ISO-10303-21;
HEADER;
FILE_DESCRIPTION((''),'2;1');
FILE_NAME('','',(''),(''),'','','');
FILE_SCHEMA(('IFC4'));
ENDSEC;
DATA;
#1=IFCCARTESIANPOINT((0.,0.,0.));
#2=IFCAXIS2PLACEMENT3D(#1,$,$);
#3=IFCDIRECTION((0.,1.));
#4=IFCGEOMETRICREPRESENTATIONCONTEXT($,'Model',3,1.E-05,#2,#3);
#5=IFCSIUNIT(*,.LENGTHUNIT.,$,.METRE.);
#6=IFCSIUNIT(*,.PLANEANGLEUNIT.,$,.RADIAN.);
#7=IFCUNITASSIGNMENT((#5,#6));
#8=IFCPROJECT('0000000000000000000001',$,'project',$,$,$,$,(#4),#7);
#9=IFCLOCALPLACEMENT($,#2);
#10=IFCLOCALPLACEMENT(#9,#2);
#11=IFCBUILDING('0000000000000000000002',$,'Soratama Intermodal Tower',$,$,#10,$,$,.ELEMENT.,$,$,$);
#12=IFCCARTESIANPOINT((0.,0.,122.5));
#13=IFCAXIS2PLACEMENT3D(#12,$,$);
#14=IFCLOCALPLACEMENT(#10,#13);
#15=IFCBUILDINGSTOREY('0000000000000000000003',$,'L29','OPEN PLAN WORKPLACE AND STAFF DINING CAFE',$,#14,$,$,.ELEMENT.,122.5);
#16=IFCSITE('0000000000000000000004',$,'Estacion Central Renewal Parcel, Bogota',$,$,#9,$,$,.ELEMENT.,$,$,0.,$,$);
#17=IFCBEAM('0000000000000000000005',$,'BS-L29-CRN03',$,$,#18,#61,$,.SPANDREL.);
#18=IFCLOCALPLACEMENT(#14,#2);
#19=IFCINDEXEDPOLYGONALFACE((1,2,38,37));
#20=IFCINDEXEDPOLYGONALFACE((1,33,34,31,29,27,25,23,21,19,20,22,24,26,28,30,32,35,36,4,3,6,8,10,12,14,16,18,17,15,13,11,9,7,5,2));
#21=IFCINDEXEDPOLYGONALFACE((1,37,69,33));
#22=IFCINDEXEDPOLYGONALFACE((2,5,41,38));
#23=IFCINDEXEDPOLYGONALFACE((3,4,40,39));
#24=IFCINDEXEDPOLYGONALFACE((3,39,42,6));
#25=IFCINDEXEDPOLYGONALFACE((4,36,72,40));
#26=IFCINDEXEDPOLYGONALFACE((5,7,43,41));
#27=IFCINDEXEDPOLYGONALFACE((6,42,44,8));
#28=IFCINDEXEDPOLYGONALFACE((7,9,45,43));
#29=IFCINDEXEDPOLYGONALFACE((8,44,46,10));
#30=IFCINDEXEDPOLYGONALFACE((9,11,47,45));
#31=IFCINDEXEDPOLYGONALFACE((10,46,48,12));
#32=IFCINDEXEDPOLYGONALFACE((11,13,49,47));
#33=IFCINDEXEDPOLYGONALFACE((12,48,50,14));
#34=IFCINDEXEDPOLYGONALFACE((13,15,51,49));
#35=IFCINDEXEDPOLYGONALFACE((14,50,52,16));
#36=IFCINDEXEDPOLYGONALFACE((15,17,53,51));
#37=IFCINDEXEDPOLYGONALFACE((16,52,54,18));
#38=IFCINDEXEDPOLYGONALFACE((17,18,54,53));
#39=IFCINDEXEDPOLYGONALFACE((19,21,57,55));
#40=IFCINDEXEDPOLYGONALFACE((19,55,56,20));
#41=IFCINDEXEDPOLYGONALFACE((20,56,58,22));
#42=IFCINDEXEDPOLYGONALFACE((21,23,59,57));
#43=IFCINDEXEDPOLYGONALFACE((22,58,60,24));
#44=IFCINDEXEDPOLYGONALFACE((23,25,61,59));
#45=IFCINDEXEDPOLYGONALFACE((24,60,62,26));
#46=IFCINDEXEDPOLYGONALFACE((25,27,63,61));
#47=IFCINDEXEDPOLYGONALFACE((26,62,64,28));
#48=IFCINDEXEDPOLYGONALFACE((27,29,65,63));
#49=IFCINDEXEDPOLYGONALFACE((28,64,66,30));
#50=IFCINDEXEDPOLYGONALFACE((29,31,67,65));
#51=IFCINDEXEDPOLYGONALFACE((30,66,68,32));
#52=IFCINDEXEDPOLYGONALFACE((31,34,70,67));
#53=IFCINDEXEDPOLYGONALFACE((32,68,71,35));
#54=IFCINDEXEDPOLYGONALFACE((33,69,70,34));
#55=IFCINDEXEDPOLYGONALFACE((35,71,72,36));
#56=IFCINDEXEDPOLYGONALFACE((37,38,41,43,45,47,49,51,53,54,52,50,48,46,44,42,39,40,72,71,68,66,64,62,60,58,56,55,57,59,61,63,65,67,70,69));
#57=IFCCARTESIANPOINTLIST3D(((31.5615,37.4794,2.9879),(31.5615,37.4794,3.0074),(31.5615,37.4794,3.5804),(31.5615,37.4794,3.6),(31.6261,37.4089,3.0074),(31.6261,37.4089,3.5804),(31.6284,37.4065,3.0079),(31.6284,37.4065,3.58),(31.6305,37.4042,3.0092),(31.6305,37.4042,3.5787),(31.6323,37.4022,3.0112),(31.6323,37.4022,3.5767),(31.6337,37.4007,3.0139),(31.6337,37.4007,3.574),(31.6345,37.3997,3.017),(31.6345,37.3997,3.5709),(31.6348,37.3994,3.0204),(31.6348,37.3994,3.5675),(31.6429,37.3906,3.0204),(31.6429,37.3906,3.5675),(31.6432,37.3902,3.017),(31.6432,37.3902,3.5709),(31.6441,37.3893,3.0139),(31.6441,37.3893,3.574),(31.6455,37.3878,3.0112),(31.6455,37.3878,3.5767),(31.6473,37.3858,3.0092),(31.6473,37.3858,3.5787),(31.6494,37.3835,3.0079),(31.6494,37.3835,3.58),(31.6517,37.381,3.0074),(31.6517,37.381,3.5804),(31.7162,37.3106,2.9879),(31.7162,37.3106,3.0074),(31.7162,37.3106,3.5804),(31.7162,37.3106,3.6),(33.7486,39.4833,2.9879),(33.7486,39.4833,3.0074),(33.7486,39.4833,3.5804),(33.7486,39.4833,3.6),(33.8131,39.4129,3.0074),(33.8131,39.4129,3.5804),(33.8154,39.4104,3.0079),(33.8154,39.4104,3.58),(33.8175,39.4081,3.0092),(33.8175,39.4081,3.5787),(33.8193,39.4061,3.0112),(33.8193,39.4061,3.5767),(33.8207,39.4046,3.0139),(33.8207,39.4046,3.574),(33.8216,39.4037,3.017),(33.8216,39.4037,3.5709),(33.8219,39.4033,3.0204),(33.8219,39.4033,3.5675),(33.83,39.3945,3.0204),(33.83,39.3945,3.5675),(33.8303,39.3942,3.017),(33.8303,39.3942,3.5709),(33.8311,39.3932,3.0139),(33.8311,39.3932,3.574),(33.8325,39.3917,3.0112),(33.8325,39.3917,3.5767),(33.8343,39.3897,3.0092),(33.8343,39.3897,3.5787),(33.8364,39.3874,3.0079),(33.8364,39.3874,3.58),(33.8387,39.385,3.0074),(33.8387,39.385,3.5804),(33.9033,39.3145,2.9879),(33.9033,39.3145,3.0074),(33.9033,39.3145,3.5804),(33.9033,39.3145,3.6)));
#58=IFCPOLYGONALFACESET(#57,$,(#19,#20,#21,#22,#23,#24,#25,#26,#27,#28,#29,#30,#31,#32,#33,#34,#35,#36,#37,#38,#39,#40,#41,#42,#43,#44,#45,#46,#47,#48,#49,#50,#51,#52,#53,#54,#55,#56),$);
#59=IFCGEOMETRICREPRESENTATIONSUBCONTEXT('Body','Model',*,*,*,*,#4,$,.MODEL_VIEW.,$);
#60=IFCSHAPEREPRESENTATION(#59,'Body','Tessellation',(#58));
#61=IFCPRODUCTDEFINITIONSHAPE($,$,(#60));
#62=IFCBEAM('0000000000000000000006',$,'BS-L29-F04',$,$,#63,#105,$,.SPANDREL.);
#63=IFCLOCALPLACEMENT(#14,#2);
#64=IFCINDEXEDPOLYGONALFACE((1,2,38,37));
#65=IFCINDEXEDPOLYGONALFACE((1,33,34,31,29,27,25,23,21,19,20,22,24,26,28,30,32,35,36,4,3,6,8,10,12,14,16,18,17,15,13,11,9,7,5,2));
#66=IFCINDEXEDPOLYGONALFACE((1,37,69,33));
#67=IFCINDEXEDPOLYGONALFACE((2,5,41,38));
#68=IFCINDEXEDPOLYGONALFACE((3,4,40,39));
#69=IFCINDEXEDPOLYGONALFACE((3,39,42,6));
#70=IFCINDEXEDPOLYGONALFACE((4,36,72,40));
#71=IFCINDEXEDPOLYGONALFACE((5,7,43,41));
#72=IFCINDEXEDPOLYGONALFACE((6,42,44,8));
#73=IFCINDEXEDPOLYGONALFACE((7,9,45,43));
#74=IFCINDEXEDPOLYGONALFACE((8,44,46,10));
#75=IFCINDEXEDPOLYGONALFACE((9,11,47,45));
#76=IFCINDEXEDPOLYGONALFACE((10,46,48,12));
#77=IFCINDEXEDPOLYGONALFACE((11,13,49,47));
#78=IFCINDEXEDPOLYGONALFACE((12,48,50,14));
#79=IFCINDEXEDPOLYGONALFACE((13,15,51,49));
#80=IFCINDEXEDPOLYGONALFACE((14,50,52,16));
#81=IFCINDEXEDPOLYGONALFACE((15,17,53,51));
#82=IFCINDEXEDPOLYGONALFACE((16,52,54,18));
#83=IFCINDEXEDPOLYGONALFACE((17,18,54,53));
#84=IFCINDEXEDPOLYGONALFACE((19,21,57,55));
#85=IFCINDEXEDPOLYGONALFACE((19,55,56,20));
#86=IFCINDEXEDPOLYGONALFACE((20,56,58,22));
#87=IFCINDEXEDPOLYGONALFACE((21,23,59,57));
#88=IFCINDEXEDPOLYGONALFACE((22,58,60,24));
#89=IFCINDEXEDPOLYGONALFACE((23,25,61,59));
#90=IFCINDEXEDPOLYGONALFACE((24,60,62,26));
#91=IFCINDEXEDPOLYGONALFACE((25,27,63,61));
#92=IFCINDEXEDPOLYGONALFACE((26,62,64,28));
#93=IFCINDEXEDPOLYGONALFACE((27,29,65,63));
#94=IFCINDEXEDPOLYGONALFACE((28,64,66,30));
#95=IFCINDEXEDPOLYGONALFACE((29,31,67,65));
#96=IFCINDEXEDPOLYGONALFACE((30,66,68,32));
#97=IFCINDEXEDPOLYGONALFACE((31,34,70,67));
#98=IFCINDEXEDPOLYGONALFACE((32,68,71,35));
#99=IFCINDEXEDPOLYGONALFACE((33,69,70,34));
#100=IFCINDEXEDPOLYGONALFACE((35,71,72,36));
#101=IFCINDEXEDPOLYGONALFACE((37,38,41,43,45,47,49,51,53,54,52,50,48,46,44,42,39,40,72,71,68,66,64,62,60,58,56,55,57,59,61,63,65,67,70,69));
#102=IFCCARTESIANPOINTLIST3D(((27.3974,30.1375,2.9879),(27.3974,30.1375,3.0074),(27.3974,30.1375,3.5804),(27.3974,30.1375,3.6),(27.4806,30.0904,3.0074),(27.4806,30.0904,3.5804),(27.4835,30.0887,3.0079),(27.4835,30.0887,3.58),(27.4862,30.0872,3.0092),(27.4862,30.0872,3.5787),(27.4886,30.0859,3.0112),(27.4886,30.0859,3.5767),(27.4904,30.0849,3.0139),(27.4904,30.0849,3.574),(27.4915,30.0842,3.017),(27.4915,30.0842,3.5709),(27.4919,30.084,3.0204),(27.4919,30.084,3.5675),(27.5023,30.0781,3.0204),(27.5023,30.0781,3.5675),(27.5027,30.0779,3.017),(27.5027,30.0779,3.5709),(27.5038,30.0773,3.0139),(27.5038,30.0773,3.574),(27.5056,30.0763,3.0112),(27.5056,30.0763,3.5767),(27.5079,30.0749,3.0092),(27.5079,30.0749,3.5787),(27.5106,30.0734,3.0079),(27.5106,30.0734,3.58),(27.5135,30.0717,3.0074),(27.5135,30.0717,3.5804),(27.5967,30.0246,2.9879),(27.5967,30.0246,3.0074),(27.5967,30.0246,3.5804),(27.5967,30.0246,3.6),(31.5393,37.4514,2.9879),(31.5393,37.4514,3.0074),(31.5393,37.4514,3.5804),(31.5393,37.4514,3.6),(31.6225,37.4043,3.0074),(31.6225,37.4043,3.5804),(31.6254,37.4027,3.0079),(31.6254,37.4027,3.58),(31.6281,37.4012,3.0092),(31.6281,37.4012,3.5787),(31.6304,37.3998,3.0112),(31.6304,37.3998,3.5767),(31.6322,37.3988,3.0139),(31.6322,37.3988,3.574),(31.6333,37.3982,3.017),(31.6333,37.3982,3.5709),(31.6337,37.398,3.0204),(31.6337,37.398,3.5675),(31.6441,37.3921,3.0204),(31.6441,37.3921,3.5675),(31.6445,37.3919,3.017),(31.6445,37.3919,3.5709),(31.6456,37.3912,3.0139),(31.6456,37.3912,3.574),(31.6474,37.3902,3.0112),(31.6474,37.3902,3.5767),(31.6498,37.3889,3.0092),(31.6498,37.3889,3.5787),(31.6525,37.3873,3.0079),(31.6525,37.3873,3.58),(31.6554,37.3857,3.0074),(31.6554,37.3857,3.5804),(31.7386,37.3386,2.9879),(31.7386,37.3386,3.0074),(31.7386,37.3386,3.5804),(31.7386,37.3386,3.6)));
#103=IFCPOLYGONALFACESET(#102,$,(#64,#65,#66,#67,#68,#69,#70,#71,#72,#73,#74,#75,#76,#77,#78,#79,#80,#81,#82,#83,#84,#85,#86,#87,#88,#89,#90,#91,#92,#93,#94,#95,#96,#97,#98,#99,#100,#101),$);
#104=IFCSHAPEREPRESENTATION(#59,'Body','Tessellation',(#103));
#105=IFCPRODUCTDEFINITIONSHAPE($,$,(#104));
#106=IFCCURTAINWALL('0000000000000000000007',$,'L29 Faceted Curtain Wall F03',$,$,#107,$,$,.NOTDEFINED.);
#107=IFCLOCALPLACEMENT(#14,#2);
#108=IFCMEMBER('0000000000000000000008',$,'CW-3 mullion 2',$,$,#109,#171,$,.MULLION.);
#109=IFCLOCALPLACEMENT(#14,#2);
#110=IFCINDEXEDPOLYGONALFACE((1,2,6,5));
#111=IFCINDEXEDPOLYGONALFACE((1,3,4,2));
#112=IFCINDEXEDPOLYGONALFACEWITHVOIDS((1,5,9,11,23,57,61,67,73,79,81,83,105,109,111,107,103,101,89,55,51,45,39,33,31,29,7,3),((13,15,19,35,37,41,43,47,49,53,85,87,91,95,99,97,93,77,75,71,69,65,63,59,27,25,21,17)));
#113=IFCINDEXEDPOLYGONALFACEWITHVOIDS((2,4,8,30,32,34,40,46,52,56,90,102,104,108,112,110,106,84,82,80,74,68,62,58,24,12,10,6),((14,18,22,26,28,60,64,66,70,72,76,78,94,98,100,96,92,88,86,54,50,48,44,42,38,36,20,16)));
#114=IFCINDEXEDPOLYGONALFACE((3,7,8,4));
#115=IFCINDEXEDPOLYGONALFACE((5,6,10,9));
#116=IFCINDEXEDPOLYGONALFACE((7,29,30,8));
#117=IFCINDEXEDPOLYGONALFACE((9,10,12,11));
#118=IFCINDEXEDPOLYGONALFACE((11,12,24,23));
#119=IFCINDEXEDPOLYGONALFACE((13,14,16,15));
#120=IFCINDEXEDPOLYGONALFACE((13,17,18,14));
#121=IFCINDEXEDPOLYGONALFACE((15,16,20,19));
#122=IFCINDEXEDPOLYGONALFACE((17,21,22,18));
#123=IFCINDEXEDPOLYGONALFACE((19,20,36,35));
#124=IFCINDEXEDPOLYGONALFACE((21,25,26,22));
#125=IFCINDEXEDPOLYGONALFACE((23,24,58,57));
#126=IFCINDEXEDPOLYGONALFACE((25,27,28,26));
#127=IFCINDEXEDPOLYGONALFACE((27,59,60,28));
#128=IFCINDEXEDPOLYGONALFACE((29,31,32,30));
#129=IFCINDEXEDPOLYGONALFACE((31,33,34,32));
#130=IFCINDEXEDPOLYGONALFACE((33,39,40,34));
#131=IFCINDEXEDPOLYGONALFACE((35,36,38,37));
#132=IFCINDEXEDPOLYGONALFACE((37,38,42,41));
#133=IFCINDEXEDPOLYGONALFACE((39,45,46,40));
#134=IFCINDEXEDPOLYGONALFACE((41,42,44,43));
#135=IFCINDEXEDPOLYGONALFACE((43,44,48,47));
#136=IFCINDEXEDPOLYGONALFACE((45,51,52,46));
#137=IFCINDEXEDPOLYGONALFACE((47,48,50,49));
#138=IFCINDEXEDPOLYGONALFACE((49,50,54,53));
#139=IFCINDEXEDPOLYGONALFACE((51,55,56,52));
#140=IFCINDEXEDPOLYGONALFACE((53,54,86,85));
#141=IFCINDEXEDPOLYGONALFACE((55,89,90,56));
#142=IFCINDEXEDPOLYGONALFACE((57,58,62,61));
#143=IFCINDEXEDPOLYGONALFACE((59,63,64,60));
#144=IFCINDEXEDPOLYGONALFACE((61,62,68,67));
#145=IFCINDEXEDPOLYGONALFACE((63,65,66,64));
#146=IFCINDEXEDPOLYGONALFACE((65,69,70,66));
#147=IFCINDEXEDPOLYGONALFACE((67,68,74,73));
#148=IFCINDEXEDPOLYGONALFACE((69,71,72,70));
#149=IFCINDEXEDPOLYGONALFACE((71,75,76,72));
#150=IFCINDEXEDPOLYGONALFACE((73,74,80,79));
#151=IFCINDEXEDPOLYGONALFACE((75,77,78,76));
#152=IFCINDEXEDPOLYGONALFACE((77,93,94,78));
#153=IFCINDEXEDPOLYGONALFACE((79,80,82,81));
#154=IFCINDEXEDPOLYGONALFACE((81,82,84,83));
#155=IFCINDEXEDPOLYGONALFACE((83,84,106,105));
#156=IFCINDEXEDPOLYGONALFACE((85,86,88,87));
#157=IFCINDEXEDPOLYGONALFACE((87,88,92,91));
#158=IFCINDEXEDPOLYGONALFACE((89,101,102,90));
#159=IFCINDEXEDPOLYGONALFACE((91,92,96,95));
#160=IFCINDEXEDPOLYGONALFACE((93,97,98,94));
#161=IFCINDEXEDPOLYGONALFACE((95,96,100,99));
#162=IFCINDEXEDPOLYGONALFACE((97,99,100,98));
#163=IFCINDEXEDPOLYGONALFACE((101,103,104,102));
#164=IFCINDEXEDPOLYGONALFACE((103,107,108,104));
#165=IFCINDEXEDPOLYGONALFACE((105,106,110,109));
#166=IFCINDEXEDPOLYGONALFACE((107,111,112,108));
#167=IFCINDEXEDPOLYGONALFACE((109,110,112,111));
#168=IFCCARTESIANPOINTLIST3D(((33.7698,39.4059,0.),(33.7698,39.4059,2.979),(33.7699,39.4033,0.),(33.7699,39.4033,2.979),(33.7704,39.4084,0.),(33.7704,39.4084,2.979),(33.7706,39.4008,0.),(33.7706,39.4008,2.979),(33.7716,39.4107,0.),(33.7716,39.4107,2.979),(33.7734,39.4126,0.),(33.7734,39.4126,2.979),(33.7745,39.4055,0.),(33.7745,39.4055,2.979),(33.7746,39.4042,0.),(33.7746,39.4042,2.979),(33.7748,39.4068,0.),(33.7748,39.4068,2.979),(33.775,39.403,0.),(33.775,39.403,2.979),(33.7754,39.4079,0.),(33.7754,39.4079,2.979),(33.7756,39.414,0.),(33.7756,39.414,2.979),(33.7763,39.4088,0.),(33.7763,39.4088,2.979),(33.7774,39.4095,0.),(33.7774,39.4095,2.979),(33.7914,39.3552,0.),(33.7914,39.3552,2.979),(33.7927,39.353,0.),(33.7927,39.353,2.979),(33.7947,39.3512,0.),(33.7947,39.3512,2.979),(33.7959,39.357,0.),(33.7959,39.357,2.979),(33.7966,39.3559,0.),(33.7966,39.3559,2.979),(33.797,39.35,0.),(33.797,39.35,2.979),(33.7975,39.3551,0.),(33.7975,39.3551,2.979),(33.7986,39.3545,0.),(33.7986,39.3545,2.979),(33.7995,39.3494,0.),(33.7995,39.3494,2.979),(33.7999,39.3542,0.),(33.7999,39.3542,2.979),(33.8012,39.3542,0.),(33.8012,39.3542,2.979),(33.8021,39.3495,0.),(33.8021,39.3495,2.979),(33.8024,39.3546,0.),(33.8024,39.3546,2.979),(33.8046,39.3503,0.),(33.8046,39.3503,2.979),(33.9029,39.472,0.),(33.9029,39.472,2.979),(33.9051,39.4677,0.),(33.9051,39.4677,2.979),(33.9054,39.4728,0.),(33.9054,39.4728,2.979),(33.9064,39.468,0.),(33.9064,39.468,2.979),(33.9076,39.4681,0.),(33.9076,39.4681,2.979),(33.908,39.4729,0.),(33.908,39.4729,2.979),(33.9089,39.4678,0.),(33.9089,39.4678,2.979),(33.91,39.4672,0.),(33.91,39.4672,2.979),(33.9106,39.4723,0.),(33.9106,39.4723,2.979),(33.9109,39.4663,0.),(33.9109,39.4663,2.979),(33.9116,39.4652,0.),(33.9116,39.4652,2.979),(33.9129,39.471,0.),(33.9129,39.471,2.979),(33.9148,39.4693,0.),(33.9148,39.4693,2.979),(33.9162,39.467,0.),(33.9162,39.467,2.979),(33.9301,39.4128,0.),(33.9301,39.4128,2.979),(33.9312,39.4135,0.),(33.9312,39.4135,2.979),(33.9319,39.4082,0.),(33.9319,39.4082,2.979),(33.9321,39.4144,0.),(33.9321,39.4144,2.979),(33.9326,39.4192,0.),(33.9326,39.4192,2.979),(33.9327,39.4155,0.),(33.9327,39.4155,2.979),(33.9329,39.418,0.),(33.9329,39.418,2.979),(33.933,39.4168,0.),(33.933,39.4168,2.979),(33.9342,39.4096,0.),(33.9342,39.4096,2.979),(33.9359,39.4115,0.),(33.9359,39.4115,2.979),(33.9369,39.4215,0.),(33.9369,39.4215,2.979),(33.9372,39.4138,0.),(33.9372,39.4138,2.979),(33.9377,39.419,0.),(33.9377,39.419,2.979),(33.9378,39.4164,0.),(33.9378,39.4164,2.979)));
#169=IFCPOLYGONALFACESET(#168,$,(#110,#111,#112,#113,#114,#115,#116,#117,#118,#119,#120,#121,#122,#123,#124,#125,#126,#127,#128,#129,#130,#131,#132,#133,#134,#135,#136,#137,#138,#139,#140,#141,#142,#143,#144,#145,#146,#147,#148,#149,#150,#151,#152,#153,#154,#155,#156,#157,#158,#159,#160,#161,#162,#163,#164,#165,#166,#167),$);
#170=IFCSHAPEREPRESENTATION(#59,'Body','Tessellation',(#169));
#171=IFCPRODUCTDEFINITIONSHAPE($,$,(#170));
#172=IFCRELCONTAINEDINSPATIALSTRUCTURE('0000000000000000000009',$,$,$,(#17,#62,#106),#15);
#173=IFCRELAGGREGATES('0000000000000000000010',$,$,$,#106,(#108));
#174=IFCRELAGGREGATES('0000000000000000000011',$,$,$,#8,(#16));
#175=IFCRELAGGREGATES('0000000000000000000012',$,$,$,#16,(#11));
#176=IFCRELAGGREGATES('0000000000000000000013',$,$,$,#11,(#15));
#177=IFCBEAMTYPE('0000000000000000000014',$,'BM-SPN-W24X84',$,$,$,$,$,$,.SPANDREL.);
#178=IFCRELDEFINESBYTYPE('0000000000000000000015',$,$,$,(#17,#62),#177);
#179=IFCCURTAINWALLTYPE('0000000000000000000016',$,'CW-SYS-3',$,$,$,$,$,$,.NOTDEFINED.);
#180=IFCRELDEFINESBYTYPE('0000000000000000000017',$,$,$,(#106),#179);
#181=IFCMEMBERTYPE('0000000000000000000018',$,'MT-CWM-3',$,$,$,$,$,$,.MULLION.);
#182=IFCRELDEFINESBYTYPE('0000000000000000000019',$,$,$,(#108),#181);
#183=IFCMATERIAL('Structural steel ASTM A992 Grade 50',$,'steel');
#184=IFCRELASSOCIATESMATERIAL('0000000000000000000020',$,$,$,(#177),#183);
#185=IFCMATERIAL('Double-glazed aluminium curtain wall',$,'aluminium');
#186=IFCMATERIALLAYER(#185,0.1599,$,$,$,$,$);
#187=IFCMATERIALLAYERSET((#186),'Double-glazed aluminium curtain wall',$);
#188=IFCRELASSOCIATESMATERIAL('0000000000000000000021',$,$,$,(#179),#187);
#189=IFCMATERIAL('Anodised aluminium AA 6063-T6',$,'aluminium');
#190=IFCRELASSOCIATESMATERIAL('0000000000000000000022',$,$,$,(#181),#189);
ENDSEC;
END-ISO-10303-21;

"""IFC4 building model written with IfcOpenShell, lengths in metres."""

from ifc_helpers import new_model, si_unit, direction, frame, origin, origin_2d, place, context, subcontext, project, spatial, hollow_rectangle, i_section, extrude, material, layer, layer_set, material_profile, profile_set, type_object, element, aggregate, save


model = new_model("IFC4")

# Units and contexts
model_context = context("Model", 3, precision=1e-05, world=origin(), true_north=direction((0.0, 1.0)))
body_context = subcontext(model_context, "Body", "Model", "MODEL_VIEW")
ifc_project = project(units=[si_unit("LENGTHUNIT", "METRE"), si_unit("PLANEANGLEUNIT", "RADIAN")], contexts=[model_context])

# Site, building, storey
site_placement = place(None, origin())
site = spatial("IfcSite", under=ifc_project, at=site_placement, Name="Estacion Central Renewal Parcel, Bogota", CompositionType="ELEMENT", RefElevation=0.0)
building_placement = place(site_placement, origin())
building = spatial("IfcBuilding", under=site, at=building_placement, Name="Soratama Intermodal Tower", CompositionType="ELEMENT")
storey_placement = place(building_placement, frame((0.0, 0.0, 122.5)))
storey = spatial("IfcBuildingStorey", under=building, at=storey_placement, Name="L29", Description="OPEN PLAN WORKPLACE AND STAFF DINING CAFE", CompositionType="ELEMENT", Elevation=122.5)

# Beams
ifc_material_1 = material(Name="Structural steel ASTM A992 Grade 50", Category="steel")
ifc_material_profile_1 = material_profile(ifc_material_1, i_section(OverallWidth=0.229, OverallDepth=0.6121, WebThickness=0.012, FlangeThickness=0.0195, FilletRadius=0.0129, at=origin_2d()), Name="W24X84")
ifc_profile_set_1 = profile_set([ifc_material_profile_1], Name="Structural steel ASTM A992 Grade 50")
beam_type_1 = type_object("IfcBeamType", Name="BM-SPN-W24X84", PredefinedType="SPANDREL", material=ifc_profile_set_1)
beam_1_placement = place(storey_placement, frame((33.8259, 39.3989, 3.2939), z_axis=(-0.737298, -0.675568, 0.0), x_axis=(0.675568, -0.737298, 0.0)))
element("IfcBeam", 1, at=beam_1_placement, inside=storey, type_object=beam_type_1, Name="BS-L29-CRN03", PredefinedType="SPANDREL", context=body_context, shape_type="SweptSolid", body=[
    extrude(i_section(OverallWidth=0.229, OverallDepth=0.6121, WebThickness=0.012, FlangeThickness=0.0195, FilletRadius=0.0129, at=origin_2d()), origin(), (0.0, 0.0, 1.0), 2.9663),
])
beam_2_placement = place(storey_placement, frame((31.6389, 37.395, 3.2939), z_axis=(-0.492766, -0.870162, 0.0), x_axis=(0.870162, -0.492766, 0.0)))
element("IfcBeam", 2, at=beam_2_placement, inside=storey, type_object=beam_type_1, Name="BS-L29-F04", PredefinedType="SPANDREL", context=body_context, shape_type="SweptSolid", body=[
    extrude(i_section(OverallWidth=0.229, OverallDepth=0.6121, WebThickness=0.012, FlangeThickness=0.0195, FilletRadius=0.0129, at=origin_2d()), origin(), (0.0, 0.0, 1.0), 8.4053),
])

# Curtain wall, member
ifc_material_2 = material(Name="Double-glazed aluminium curtain wall", Category="aluminium")
ifc_layer_1 = layer(ifc_material_2, 0.1599)
ifc_layer_set_1 = layer_set([ifc_layer_1], Name="Double-glazed aluminium curtain wall")
curtain_wall_type = type_object("IfcCurtainWallType", Name="CW-SYS-3", PredefinedType="NOTDEFINED", material=ifc_layer_set_1)
curtain_wall_1_placement = place(storey_placement, origin())
curtain_wall_1 = element("IfcCurtainWall", 3, at=curtain_wall_1_placement, inside=storey, type_object=curtain_wall_type, Name="L29 Faceted Curtain Wall F03", PredefinedType="NOTDEFINED")
ifc_material_3 = material(Name="Anodised aluminium AA 6063-T6", Category="aluminium")
ifc_material_profile_2 = material_profile(ifc_material_3, hollow_rectangle(XDim=0.0701, YDim=0.1599, WallThickness=0.0049, InnerFilletRadius=0.0049, OuterFilletRadius=0.01, at=origin_2d()), Name="CWM160X70X5")
ifc_profile_set_2 = profile_set([ifc_material_profile_2], Name="Anodised aluminium AA 6063-T6")
member_type_1 = type_object("IfcMemberType", Name="MT-CWM-3", PredefinedType="MULLION", material=ifc_profile_set_2)
member_1_placement = place(storey_placement, frame((33.8538, 39.4111, 0.0), z_axis=(0.0, 0.0, 1.0), x_axis=(0.414381, -0.910103, 0.0)))
member_1 = element("IfcMember", 4, at=member_1_placement, type_object=member_type_1, Name="CW-3 mullion 2", PredefinedType="MULLION", context=body_context, shape_type="SweptSolid", body=[
    extrude(hollow_rectangle(XDim=0.0701, YDim=0.1599, WallThickness=0.0049, InnerFilletRadius=0.0049, OuterFilletRadius=0.01, at=origin_2d()), origin(), (0.0, 0.0, 1.0), 2.979),
])
aggregate(curtain_wall_1, [member_1])

save(model, "model.ifc")
